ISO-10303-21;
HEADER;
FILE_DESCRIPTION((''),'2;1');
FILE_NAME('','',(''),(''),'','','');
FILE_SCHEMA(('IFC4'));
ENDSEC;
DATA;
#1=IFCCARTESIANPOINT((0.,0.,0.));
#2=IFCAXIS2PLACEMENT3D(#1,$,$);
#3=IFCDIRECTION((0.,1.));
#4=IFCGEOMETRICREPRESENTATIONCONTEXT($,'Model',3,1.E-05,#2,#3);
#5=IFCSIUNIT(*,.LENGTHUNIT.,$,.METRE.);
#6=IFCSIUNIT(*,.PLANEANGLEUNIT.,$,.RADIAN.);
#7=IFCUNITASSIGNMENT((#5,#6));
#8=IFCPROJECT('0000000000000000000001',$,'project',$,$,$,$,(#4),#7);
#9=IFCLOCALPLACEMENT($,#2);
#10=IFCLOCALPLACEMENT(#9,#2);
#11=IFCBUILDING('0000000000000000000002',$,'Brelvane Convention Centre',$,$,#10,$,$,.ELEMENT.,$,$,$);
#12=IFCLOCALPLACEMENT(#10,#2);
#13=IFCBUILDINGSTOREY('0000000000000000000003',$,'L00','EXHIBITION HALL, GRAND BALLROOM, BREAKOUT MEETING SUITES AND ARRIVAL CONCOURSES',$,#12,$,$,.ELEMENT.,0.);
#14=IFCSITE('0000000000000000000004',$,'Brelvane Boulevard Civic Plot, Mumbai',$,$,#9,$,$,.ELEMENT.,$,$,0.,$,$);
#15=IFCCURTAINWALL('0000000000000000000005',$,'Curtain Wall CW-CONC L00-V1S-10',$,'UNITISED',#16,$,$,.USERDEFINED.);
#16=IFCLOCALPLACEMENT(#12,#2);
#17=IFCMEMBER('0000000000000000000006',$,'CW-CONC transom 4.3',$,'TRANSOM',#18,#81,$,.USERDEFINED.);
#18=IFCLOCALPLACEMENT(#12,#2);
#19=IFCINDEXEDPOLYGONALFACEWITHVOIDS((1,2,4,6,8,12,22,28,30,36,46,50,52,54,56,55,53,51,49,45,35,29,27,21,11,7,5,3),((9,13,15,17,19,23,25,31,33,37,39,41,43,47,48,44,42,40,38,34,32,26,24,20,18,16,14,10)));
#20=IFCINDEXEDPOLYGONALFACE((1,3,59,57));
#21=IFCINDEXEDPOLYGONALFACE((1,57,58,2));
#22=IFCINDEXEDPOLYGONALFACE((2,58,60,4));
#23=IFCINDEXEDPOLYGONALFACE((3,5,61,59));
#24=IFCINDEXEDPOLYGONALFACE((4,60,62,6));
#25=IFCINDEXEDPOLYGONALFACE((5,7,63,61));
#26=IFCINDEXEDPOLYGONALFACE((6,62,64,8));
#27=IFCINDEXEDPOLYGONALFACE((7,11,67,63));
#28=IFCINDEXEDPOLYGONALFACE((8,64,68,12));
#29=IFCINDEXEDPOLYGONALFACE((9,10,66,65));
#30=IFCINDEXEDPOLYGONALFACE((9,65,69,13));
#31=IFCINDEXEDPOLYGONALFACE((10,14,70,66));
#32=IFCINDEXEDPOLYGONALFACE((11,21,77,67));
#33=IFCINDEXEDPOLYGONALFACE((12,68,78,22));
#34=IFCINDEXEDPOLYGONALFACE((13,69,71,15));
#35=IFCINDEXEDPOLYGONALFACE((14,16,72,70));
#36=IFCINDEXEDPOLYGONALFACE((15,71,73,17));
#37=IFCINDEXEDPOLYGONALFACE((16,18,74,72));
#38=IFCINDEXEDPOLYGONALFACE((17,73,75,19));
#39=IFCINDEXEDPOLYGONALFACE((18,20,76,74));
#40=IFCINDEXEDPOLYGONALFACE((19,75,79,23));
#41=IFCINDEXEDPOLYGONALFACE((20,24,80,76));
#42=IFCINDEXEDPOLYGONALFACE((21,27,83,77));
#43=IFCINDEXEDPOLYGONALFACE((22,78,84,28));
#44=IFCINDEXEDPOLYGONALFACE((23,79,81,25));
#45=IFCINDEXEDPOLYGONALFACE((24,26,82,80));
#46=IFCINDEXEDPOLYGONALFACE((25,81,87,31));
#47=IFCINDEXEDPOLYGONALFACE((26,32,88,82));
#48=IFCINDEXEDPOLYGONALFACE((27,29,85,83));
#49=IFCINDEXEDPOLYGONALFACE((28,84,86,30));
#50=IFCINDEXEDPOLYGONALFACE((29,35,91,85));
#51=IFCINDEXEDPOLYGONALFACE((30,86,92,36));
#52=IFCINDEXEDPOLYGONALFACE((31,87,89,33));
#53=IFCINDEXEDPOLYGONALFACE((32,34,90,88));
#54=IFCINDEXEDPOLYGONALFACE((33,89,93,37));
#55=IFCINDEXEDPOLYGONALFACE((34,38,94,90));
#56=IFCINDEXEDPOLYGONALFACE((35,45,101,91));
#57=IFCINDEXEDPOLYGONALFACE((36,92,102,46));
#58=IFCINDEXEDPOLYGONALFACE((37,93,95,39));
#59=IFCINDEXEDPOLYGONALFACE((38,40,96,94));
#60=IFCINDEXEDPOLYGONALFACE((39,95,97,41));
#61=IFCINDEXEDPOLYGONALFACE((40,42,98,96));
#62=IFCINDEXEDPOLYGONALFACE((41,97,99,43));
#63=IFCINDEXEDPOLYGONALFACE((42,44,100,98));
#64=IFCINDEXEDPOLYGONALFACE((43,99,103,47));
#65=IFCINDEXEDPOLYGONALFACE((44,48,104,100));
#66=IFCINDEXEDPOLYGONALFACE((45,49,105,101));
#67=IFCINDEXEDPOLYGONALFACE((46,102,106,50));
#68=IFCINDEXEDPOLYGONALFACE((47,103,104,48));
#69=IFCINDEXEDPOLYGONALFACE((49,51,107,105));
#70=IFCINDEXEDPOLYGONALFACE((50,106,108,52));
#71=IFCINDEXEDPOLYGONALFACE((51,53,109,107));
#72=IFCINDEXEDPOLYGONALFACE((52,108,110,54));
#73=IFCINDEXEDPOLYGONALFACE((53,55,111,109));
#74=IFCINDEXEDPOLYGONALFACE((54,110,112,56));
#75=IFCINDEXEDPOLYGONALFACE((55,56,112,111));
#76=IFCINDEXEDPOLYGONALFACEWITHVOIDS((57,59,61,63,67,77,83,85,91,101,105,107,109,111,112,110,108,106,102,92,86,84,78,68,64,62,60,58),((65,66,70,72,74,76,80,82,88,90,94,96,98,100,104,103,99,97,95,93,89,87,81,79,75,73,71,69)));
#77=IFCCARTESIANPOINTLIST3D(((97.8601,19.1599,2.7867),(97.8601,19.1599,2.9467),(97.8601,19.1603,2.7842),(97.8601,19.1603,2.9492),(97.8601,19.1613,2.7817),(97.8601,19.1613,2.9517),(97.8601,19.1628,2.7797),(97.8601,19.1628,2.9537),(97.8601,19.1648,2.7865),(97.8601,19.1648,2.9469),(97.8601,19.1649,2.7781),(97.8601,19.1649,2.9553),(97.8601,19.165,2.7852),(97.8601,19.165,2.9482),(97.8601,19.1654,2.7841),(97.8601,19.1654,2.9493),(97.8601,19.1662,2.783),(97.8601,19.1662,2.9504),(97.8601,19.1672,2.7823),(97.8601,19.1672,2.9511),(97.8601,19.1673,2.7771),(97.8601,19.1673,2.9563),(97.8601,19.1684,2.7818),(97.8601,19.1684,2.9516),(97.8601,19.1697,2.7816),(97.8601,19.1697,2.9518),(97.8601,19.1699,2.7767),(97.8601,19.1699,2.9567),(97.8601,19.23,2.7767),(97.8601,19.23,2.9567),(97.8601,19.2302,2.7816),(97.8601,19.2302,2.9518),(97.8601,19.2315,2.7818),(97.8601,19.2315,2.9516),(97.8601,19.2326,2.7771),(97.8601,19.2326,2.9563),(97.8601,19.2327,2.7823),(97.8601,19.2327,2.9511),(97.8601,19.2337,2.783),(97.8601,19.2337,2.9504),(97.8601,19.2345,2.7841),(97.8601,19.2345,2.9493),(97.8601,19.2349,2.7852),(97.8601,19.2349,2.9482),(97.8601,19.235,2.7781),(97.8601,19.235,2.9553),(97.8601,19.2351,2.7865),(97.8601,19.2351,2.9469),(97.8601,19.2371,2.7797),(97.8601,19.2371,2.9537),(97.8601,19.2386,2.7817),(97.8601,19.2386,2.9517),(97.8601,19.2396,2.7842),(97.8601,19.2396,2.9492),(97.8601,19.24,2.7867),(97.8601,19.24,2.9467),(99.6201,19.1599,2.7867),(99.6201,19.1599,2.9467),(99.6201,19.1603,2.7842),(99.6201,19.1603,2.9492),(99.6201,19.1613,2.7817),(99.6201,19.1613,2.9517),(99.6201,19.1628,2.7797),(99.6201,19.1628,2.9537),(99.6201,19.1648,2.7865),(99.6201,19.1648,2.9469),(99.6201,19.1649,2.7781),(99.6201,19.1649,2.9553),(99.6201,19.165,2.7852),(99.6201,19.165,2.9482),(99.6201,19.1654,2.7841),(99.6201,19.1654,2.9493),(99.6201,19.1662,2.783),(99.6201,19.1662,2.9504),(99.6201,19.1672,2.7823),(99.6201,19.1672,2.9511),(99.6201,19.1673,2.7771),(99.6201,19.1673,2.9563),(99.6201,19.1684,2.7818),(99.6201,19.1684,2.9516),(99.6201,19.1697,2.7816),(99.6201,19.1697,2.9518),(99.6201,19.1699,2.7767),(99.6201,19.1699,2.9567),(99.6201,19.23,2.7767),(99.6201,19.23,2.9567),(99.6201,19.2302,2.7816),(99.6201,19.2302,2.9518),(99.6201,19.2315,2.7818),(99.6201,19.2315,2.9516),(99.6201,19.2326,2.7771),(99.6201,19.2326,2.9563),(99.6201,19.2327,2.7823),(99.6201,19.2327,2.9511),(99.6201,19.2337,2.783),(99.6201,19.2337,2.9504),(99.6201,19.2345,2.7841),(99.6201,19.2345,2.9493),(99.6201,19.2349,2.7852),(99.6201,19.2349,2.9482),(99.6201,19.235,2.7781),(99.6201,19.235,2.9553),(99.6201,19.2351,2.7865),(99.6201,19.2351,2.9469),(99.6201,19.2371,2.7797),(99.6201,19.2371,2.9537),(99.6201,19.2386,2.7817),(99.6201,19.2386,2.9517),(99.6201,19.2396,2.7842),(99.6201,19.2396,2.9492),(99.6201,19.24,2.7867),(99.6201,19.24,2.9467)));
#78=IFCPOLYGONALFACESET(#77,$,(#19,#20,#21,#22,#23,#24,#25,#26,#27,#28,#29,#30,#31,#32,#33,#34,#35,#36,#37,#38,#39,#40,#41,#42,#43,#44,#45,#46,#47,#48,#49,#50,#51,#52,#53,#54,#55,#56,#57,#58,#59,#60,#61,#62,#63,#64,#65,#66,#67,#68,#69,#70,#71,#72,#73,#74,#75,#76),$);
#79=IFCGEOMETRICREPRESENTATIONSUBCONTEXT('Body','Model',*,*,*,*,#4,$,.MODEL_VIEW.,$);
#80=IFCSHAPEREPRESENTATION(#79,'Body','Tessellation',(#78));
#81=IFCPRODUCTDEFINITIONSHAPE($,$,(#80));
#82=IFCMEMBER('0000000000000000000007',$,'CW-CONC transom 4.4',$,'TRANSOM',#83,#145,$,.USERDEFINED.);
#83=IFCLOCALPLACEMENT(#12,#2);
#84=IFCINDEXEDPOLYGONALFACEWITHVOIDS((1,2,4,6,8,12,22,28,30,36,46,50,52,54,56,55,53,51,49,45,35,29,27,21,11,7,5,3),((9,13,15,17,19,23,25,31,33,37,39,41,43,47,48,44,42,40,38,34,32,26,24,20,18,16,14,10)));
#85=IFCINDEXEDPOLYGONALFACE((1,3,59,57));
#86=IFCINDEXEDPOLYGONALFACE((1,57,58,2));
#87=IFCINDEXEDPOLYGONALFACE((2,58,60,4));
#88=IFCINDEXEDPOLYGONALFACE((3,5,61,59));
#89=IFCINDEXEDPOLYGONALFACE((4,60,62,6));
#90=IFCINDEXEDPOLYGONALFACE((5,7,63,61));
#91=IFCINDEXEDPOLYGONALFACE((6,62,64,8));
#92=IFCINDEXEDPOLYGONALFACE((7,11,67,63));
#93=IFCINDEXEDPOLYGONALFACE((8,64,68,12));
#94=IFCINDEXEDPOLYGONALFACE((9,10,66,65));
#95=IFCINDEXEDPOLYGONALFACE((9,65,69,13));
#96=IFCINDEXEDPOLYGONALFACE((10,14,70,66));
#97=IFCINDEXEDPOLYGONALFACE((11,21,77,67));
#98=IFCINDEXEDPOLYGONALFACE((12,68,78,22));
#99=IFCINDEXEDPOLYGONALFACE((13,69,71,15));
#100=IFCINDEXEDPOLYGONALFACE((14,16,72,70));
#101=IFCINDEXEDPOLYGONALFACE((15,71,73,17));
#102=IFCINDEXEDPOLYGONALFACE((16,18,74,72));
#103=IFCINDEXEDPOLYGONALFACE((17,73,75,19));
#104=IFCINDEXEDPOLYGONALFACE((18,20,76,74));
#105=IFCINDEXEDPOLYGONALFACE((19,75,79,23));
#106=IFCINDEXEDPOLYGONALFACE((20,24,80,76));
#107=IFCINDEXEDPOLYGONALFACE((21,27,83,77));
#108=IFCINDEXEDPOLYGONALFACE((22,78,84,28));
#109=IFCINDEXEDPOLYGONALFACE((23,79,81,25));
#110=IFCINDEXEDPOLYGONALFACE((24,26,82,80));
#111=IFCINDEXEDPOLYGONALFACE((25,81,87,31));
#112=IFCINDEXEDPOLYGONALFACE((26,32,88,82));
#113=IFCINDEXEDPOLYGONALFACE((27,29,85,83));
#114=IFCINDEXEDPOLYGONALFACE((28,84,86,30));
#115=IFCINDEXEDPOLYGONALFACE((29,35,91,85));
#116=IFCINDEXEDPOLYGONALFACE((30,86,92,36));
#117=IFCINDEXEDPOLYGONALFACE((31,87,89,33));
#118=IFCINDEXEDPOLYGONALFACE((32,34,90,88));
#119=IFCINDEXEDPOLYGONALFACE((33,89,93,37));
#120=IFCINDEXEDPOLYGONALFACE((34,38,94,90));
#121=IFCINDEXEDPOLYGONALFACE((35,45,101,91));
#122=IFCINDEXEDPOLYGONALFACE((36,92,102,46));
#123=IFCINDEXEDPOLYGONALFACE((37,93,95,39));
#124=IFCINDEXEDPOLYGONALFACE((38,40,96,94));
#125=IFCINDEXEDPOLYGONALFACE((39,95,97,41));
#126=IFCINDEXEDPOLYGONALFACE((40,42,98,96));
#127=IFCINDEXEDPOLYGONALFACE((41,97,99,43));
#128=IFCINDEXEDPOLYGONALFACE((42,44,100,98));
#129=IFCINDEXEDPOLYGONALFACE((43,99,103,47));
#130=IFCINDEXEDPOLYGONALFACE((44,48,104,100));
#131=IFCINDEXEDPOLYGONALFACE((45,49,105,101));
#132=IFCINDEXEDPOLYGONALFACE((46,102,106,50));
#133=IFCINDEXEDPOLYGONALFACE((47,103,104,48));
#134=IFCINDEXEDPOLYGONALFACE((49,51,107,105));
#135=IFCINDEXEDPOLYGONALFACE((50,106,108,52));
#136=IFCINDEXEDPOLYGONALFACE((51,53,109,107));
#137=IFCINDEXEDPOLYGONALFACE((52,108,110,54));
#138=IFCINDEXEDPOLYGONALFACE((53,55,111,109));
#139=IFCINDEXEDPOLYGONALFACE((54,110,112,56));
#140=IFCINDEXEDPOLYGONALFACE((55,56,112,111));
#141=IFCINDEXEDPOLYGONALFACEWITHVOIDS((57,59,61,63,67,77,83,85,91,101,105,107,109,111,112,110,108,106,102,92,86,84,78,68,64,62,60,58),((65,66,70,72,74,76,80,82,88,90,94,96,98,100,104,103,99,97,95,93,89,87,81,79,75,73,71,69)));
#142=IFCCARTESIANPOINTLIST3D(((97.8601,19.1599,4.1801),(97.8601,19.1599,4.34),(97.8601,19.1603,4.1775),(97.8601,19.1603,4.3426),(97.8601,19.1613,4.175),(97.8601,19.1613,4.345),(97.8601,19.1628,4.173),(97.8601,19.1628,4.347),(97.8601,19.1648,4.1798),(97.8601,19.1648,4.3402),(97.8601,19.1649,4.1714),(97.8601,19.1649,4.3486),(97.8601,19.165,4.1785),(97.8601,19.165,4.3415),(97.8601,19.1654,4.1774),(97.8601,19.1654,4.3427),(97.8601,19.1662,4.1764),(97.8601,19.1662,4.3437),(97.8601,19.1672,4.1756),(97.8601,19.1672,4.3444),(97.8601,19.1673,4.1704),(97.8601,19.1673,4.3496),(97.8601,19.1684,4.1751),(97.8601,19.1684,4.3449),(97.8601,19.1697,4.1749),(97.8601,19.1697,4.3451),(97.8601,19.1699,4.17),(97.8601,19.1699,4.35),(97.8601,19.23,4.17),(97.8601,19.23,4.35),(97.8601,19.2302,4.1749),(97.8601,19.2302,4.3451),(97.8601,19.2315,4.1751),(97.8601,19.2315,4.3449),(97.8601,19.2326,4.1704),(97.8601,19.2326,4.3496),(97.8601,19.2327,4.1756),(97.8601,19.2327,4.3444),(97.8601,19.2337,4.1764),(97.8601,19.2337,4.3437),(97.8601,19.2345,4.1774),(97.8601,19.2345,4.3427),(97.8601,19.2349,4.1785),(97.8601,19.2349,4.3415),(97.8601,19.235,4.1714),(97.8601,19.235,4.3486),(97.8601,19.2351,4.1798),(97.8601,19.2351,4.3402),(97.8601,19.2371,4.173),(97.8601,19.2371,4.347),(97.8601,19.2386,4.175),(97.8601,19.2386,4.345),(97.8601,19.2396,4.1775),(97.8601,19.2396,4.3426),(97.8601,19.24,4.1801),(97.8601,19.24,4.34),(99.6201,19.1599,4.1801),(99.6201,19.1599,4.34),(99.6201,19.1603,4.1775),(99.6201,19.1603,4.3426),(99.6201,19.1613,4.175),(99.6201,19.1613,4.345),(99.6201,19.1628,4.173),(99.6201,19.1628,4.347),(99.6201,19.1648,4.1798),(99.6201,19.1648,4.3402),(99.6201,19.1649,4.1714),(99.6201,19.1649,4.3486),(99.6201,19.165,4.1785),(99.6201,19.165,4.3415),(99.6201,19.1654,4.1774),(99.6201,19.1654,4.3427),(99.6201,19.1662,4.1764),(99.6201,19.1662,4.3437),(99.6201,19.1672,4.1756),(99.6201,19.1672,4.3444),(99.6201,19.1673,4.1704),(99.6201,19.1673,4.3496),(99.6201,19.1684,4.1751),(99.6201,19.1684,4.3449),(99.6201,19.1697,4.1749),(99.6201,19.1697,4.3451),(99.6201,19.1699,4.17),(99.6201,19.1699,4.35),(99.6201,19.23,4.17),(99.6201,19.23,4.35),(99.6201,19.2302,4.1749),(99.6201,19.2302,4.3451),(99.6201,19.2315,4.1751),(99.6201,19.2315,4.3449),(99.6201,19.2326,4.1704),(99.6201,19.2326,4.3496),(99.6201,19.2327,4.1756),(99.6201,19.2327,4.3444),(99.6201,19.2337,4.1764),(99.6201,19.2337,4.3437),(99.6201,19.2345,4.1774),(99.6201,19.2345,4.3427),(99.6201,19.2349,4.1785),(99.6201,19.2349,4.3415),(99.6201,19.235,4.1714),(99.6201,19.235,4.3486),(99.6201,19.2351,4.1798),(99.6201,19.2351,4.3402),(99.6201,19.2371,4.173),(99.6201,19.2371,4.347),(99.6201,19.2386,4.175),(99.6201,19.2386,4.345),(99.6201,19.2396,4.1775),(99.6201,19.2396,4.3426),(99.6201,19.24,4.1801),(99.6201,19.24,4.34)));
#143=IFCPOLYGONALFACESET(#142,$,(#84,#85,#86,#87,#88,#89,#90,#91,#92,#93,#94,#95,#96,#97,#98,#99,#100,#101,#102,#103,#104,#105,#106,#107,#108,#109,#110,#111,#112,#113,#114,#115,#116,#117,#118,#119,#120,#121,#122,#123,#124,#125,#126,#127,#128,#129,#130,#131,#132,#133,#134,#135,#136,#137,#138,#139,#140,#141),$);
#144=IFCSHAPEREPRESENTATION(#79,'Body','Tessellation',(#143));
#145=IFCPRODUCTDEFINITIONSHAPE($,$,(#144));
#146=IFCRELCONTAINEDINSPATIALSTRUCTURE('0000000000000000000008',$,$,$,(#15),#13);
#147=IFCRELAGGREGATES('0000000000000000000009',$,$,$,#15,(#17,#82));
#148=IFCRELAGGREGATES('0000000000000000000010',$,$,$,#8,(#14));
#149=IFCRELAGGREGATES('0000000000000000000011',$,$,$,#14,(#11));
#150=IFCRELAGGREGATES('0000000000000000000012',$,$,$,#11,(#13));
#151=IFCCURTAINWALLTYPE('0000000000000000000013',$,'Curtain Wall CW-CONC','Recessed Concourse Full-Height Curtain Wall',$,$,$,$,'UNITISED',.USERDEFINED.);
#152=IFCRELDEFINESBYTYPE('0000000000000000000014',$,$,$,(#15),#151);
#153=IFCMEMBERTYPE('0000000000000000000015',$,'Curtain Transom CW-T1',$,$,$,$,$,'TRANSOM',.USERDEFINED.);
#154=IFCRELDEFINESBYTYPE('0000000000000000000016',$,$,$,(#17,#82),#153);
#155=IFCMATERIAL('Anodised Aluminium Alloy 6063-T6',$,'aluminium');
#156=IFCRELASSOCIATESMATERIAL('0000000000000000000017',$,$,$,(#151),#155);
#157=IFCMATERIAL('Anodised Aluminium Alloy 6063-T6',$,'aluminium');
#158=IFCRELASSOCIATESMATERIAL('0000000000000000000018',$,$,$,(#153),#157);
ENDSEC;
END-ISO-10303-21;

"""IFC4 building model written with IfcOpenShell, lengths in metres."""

from ifc_helpers import new_model, si_unit, direction, frame, origin, origin_2d, place, context, subcontext, project, spatial, hollow_rectangle, extrude, material, material_profile, profile_set, type_object, element, aggregate, save


model = new_model("IFC4")

# Units and contexts
model_context = context("Model", 3, precision=1e-05, world=origin(), true_north=direction((0.0, 1.0)))
body_context = subcontext(model_context, "Body", "Model", "MODEL_VIEW")
ifc_project = project(units=[si_unit("LENGTHUNIT", "METRE"), si_unit("PLANEANGLEUNIT", "RADIAN")], contexts=[model_context])

# Site, building, storey
site_placement = place(None, origin())
site = spatial("IfcSite", under=ifc_project, at=site_placement, Name="Brelvane Boulevard Civic Plot, Mumbai", CompositionType="ELEMENT", RefElevation=0.0)
building_placement = place(site_placement, origin())
building = spatial("IfcBuilding", under=site, at=building_placement, Name="Brelvane Convention Centre", CompositionType="ELEMENT")
storey_placement = place(building_placement, origin())
storey = spatial("IfcBuildingStorey", under=building, at=storey_placement, Name="L00", Description="EXHIBITION HALL, GRAND BALLROOM, BREAKOUT MEETING SUITES AND ARRIVAL CONCOURSES", CompositionType="ELEMENT", Elevation=0.0)

# Curtain wall, members
ifc_material_1 = material(Name="Anodised Aluminium Alloy 6063-T6", Category="aluminium")
curtain_wall_type = type_object("IfcCurtainWallType", Name="Curtain Wall CW-CONC", Description="Recessed Concourse Full-Height Curtain Wall", ElementType="UNITISED", PredefinedType="USERDEFINED", material=ifc_material_1)
curtain_wall_placement = place(storey_placement, origin())
curtain_wall = element("IfcCurtainWall", 1, at=curtain_wall_placement, inside=storey, type_object=curtain_wall_type, Name="Curtain Wall CW-CONC L00-V1S-10", ObjectType="UNITISED", PredefinedType="USERDEFINED")
ifc_material_2 = material(Name="Anodised Aluminium Alloy 6063-T6", Category="aluminium")
ifc_material_profile_1 = material_profile(ifc_material_2, hollow_rectangle(XDim=0.0801, YDim=0.1799, WallThickness=0.0049, InnerFilletRadius=0.0049, OuterFilletRadius=0.01, at=origin_2d()), Name="ALU-T 180x80x5.0")
ifc_profile_set_1 = profile_set([ifc_material_profile_1], Name="Anodised Aluminium Alloy 6063-T6")
member_type_1 = type_object("IfcMemberType", Name="Curtain Transom CW-T1", ElementType="TRANSOM", PredefinedType="USERDEFINED", material=ifc_profile_set_1)
member_1_placement = place(storey_placement, frame((97.8601, 19.2, 2.8667), z_axis=(1.0, 0.0, 0.0), x_axis=(0.0, 1.0, 0.0)))
member_1 = element("IfcMember", 2, at=member_1_placement, type_object=member_type_1, Name="CW-CONC transom 4.3", ObjectType="TRANSOM", PredefinedType="USERDEFINED", context=body_context, shape_type="SweptSolid", body=[
    extrude(hollow_rectangle(XDim=0.0801, YDim=0.1799, WallThickness=0.0049, InnerFilletRadius=0.0049, OuterFilletRadius=0.01, at=origin_2d()), origin(), (0.0, 0.0, 1.0), 1.76),
])
member_2_placement = place(storey_placement, frame((97.8601, 19.2, 4.26), z_axis=(1.0, 0.0, 0.0), x_axis=(0.0, 1.0, 0.0)))
member_2 = element("IfcMember", 3, at=member_2_placement, type_object=member_type_1, Name="CW-CONC transom 4.4", ObjectType="TRANSOM", PredefinedType="USERDEFINED", context=body_context, shape_type="SweptSolid", body=[
    extrude(hollow_rectangle(XDim=0.0801, YDim=0.1799, WallThickness=0.0049, InnerFilletRadius=0.0049, OuterFilletRadius=0.01, at=origin_2d()), origin(), (0.0, 0.0, 1.0), 1.76),
])

aggregate(curtain_wall, [member_1, member_2])

save(model, "model.ifc")
